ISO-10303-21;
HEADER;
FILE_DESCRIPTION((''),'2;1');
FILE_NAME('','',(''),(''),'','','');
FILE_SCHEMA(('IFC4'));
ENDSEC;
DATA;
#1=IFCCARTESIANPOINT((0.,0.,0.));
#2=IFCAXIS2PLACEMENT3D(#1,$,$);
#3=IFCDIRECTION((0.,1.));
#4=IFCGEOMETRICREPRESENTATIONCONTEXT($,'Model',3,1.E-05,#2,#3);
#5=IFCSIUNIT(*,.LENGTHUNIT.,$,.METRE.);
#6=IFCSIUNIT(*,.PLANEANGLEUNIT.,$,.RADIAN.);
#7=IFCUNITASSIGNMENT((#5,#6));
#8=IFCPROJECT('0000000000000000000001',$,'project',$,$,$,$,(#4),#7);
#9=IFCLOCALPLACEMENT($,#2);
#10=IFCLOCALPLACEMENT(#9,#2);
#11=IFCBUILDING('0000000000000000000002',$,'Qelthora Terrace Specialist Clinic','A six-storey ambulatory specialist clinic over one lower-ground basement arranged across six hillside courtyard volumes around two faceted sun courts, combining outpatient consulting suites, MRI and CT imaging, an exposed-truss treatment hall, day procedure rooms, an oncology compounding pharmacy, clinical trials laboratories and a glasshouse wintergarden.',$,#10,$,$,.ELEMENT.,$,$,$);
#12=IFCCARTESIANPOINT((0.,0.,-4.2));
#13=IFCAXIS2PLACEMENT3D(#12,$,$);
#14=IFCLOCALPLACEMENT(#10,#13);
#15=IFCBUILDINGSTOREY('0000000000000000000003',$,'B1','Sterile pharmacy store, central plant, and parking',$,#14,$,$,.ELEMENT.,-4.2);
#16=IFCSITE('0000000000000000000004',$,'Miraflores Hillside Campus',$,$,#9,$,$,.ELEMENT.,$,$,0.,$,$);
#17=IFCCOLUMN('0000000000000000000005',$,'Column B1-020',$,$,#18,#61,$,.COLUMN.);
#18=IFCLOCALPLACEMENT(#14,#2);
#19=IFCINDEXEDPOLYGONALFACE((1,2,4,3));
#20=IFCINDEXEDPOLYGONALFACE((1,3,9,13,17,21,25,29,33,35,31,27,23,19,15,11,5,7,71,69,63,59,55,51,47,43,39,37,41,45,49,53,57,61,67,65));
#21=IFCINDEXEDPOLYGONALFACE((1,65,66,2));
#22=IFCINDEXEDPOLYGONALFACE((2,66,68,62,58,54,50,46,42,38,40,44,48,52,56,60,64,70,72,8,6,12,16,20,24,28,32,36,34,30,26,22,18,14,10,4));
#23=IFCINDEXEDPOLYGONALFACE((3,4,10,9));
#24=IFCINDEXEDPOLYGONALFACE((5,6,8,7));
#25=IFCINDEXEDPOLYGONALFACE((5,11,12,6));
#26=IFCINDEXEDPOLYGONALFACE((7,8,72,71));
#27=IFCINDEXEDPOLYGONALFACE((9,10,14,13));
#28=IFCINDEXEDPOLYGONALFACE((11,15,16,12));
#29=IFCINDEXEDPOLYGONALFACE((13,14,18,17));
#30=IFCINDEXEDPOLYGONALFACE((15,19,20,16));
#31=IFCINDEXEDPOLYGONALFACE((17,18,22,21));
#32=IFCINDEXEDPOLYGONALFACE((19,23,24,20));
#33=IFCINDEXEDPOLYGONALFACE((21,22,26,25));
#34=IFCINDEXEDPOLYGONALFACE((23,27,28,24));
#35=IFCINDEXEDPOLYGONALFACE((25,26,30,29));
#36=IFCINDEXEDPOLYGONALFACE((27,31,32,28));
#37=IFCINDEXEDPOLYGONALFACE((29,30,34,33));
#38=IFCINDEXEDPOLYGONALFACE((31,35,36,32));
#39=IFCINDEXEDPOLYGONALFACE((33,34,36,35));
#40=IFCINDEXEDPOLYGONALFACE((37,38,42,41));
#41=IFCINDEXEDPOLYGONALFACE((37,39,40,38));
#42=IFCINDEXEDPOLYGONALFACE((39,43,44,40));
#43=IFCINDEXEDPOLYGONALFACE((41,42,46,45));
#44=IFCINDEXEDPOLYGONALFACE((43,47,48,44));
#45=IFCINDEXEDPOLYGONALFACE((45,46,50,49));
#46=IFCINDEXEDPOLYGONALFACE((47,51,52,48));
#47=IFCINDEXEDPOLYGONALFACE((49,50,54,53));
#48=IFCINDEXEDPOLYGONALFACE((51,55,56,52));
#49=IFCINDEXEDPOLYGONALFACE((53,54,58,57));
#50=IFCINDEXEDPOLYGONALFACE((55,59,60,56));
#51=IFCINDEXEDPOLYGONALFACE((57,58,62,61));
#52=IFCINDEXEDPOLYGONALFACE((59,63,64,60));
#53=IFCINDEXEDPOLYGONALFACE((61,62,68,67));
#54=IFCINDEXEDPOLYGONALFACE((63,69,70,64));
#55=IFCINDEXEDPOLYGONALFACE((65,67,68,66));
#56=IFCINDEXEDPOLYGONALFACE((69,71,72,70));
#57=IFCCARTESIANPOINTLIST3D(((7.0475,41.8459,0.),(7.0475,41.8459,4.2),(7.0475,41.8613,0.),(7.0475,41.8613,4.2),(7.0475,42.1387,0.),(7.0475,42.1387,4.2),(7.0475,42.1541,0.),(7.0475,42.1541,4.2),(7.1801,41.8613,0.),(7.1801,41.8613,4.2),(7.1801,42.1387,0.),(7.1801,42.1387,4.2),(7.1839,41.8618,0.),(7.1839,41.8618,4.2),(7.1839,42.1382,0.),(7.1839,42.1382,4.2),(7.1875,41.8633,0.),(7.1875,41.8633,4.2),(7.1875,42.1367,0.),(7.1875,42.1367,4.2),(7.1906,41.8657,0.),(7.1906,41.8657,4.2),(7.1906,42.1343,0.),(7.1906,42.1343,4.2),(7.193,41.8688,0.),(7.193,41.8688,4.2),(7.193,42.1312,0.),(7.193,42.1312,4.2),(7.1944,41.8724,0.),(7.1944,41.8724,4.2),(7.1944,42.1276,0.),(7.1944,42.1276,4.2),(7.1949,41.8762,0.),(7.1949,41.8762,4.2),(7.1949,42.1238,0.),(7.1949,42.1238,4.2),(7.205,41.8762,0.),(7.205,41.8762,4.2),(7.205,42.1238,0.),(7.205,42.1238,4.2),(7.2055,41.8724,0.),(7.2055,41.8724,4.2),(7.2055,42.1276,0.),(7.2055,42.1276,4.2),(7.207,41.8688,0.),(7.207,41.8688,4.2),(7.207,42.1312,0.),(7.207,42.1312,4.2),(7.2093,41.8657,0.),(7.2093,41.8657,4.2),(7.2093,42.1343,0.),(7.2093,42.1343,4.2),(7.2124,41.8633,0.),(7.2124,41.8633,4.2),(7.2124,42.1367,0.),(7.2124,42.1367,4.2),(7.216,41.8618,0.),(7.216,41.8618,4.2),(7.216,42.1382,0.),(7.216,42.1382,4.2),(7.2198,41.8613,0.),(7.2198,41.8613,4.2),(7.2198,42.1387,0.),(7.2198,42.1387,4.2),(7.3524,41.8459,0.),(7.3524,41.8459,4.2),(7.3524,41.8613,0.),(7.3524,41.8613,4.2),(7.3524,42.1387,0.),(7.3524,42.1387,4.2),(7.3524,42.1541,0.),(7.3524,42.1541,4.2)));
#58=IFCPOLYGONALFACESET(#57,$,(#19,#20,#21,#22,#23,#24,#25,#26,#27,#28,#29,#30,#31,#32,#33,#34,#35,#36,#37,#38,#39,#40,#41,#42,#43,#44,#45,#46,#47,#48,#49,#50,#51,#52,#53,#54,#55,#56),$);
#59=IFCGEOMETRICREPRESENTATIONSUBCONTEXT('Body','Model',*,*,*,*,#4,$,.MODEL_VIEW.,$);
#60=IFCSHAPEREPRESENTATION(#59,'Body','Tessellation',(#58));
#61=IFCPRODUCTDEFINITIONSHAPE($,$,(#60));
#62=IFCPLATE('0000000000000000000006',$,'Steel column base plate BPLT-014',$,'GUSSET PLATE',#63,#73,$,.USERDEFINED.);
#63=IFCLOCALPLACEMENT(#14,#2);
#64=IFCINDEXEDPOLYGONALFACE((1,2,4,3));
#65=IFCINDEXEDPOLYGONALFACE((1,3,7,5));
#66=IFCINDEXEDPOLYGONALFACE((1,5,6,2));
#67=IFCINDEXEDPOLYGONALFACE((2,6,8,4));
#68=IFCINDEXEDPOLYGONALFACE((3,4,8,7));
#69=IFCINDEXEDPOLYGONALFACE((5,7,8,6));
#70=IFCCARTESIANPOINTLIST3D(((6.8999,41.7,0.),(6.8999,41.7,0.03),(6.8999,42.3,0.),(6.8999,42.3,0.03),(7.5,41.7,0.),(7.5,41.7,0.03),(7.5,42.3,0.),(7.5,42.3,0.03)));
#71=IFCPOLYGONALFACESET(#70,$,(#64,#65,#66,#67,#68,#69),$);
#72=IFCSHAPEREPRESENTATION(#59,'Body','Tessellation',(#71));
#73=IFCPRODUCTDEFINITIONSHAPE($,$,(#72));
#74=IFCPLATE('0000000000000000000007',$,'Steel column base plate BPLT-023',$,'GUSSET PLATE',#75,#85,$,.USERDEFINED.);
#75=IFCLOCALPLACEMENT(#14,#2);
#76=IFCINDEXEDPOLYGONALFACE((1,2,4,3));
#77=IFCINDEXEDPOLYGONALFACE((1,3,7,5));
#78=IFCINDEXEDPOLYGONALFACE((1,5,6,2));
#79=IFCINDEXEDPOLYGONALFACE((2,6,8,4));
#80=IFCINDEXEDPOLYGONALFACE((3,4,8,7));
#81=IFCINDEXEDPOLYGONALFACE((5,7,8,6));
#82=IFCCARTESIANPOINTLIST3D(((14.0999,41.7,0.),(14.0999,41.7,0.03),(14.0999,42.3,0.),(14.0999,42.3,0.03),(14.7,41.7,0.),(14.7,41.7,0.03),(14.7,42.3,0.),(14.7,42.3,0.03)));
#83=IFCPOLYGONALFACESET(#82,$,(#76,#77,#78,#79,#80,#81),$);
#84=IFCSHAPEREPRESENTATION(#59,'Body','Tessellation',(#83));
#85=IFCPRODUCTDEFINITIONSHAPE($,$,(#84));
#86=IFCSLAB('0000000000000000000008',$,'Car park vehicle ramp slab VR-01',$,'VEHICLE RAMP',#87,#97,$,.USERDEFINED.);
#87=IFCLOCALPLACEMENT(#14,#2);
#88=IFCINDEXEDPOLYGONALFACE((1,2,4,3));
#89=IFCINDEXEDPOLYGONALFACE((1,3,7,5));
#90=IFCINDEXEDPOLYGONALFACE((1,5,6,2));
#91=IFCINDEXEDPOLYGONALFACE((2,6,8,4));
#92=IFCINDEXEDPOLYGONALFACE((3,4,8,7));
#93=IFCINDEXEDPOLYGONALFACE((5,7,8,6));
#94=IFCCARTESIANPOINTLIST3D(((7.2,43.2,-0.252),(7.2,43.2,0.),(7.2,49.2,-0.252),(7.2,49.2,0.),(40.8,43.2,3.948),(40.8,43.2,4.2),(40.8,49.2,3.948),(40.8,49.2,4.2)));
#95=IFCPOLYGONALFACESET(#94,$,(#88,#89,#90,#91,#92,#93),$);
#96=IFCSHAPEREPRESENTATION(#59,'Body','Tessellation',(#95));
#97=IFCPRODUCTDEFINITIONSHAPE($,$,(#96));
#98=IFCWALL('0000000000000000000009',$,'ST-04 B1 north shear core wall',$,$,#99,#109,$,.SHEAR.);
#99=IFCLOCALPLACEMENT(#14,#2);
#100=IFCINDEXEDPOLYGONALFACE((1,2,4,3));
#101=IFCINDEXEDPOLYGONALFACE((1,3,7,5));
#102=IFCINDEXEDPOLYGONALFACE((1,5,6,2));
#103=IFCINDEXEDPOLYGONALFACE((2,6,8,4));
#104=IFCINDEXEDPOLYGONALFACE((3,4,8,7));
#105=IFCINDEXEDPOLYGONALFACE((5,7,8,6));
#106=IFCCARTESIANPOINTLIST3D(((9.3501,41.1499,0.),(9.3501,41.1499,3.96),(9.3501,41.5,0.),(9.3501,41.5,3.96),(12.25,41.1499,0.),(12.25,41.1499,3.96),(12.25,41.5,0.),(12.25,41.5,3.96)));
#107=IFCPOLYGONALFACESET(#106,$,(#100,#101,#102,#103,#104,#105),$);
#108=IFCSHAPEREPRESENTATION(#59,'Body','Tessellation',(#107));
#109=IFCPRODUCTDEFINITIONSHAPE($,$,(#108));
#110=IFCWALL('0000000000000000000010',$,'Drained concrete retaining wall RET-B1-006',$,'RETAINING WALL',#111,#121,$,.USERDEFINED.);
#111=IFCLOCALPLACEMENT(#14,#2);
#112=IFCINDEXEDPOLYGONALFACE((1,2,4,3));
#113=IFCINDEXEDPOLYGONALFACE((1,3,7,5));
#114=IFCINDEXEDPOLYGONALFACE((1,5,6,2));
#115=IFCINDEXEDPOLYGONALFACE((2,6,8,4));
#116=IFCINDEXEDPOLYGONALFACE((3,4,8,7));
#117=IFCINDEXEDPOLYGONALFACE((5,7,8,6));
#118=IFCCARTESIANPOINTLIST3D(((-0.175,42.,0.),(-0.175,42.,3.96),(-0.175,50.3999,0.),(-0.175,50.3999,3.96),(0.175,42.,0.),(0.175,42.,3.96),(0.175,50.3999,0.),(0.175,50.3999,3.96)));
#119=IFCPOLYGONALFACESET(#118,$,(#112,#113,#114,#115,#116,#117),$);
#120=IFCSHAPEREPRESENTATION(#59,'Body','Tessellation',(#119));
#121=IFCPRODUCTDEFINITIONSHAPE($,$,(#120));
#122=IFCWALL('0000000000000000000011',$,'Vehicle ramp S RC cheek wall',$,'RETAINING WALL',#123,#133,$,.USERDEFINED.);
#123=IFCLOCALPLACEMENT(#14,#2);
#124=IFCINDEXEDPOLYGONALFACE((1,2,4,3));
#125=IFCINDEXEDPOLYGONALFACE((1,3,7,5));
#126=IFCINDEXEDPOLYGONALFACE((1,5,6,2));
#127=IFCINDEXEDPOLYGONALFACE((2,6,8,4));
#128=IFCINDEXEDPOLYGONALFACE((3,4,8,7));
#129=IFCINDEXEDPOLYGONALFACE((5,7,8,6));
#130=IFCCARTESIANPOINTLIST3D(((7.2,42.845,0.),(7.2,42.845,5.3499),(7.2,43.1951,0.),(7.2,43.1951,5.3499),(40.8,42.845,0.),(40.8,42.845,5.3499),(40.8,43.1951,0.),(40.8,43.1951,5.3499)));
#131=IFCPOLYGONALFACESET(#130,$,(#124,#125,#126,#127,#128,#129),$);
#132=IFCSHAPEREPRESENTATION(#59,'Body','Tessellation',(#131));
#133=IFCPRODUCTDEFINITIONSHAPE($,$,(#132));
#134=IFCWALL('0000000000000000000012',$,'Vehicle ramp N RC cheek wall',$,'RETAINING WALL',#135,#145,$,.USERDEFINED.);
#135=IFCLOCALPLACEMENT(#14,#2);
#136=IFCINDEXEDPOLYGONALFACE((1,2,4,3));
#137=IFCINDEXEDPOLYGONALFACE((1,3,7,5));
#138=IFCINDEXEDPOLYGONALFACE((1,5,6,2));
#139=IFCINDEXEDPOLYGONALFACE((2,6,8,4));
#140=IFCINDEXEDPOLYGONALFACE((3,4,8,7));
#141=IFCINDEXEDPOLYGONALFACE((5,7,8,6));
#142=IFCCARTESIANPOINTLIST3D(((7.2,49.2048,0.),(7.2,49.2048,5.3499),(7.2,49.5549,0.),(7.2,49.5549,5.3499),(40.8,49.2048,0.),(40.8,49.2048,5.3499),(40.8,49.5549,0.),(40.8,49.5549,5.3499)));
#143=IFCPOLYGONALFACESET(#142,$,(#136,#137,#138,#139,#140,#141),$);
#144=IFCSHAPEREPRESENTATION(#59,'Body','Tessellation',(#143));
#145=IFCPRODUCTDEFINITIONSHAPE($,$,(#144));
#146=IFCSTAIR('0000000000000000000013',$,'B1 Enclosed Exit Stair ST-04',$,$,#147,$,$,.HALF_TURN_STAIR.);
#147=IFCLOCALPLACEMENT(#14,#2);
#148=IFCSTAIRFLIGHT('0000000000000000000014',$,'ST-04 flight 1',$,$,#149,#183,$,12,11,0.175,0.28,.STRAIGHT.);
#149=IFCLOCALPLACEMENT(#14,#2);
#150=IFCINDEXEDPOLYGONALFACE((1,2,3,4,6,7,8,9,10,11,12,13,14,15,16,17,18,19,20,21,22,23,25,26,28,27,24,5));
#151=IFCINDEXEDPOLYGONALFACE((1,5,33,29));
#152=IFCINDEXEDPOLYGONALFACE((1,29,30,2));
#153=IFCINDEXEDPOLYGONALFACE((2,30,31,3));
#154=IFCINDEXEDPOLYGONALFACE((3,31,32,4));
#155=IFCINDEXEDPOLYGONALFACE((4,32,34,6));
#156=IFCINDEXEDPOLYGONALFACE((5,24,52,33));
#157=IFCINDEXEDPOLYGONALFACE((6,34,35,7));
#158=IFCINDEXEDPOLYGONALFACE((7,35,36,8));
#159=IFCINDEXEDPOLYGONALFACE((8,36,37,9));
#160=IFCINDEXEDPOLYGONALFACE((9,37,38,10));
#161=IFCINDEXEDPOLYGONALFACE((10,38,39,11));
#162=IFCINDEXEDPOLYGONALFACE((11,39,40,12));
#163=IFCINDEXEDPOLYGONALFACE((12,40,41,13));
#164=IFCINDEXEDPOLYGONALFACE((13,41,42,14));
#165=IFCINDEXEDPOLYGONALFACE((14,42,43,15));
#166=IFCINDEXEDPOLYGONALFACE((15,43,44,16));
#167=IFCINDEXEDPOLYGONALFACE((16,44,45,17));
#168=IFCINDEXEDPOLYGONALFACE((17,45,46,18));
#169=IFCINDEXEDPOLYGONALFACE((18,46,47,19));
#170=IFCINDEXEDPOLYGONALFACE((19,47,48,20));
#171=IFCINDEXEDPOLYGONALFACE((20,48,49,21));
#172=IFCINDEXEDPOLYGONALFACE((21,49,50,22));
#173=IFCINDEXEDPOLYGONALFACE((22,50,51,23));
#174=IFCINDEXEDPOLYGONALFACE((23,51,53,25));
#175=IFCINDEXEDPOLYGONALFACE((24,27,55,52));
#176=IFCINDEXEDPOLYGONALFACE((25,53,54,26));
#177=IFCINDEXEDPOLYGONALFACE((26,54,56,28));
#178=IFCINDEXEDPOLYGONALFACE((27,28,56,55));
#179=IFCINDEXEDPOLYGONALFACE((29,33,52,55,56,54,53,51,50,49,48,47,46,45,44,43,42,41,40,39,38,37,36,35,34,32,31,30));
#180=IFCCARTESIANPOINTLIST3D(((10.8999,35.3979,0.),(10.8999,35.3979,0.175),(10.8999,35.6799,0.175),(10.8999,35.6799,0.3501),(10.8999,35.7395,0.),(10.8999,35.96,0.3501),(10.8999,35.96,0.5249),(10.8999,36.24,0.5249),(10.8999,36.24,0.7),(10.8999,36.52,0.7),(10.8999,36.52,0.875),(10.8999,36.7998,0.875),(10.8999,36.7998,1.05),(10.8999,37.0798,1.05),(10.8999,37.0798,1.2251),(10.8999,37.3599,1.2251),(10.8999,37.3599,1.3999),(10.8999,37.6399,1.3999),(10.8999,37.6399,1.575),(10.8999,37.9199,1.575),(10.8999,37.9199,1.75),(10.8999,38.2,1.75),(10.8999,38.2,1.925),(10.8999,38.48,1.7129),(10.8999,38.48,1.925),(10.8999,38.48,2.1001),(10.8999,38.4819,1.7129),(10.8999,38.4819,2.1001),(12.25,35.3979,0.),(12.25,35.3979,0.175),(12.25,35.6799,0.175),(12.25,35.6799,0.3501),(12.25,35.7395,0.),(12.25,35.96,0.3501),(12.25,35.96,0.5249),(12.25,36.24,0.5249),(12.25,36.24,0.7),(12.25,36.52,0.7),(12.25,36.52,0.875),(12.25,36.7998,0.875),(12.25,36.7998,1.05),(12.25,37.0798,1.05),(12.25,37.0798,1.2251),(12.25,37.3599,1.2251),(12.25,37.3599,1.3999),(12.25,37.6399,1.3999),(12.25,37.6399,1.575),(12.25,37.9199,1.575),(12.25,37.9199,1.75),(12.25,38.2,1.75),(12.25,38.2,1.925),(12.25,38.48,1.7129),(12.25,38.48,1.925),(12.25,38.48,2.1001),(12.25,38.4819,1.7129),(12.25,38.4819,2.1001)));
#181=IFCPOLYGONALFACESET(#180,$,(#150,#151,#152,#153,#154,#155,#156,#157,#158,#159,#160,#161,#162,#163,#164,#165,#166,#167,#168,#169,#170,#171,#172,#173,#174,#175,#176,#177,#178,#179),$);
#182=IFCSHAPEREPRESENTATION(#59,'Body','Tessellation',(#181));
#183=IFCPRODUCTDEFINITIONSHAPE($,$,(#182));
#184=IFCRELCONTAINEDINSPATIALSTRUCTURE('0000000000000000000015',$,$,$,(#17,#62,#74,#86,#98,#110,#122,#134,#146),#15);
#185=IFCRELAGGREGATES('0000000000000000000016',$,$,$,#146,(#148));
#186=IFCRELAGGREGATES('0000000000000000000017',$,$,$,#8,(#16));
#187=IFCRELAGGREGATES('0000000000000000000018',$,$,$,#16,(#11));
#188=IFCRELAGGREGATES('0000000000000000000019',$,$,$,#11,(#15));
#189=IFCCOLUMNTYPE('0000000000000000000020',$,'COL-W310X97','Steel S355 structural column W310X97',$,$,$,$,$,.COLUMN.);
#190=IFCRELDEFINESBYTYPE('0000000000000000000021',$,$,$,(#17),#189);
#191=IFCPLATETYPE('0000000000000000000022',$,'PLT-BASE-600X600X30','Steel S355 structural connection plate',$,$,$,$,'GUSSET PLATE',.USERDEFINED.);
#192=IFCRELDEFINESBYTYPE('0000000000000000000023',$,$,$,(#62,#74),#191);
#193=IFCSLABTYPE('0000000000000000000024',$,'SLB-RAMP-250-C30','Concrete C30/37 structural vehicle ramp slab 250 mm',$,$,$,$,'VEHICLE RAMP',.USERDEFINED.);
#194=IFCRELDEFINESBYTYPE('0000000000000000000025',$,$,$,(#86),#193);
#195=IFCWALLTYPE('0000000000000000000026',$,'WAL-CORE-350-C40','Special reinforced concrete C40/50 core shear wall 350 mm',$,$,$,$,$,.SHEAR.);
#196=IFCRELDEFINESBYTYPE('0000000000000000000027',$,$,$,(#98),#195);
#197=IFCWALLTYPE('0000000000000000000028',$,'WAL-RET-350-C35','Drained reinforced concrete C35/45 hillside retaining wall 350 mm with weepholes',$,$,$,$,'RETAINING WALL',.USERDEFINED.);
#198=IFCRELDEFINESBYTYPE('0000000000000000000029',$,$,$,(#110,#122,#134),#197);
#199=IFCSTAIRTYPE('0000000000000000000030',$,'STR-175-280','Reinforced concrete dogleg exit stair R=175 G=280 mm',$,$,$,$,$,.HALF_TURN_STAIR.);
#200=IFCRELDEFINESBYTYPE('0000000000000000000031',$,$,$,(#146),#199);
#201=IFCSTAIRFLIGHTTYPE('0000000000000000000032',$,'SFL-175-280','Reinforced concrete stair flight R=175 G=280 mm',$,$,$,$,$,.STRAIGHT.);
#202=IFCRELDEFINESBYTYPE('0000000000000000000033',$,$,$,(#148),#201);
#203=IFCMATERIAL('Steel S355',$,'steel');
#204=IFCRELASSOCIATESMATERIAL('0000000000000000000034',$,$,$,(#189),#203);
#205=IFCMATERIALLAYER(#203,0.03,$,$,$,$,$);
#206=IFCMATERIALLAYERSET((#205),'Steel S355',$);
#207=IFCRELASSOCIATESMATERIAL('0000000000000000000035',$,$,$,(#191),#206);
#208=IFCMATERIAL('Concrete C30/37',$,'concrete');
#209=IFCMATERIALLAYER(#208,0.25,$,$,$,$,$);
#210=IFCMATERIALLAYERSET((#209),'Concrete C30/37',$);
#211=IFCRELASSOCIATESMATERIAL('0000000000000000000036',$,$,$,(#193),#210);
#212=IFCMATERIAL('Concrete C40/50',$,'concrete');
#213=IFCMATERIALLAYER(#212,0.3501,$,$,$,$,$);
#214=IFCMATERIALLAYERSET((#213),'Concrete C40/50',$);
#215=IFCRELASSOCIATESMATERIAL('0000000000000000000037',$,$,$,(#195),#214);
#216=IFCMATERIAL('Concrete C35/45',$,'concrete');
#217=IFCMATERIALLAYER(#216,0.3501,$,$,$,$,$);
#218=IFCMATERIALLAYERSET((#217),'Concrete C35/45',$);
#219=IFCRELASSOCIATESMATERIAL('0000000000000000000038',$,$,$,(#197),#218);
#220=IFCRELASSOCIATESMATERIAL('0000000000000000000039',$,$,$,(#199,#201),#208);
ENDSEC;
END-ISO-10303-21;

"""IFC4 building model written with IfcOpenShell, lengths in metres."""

from ifc_helpers import new_model, si_unit, direction, frame, frame_2d, origin, origin_2d, place, context, subcontext, project, spatial, polyline, rectangle, i_section, outline, extrude, material, layer, layer_set, material_profile, profile_set, type_object, element, aggregate, save


model = new_model("IFC4")

# Units and contexts
model_context = context("Model", 3, precision=1e-05, world=origin(), true_north=direction((0.0, 1.0)))
body_context = subcontext(model_context, "Body", "Model", "MODEL_VIEW")
ifc_project = project(units=[si_unit("LENGTHUNIT", "METRE"), si_unit("PLANEANGLEUNIT", "RADIAN")], contexts=[model_context])

# Site, building, storey
site_placement = place(None, origin())
site = spatial("IfcSite", under=ifc_project, at=site_placement, Name="Miraflores Hillside Campus", CompositionType="ELEMENT", RefElevation=0.0)
building_placement = place(site_placement, origin())
building = spatial("IfcBuilding", under=site, at=building_placement, Name="Qelthora Terrace Specialist Clinic", Description="A six-storey ambulatory specialist clinic over one lower-ground basement arranged across six hillside courtyard volumes around two faceted sun courts, combining outpatient consulting suites, MRI and CT imaging, an exposed-truss treatment hall, day procedure rooms, an oncology compounding pharmacy, clinical trials laboratories and a glasshouse wintergarden.", CompositionType="ELEMENT")
storey_placement = place(building_placement, frame((0.0, 0.0, -4.2)))
storey = spatial("IfcBuildingStorey", under=building, at=storey_placement, Name="B1", Description="Sterile pharmacy store, central plant, and parking", CompositionType="ELEMENT", Elevation=-4.2)

# Shared definitions
ifc_material_1 = material(Name="Concrete C35/45", Category="concrete")

# Column
ifc_material_2 = material(Name="Concrete C40/50", Category="concrete")
ifc_material_3 = material(Name="Steel S355", Category="steel")
ifc_material_profile_1 = material_profile(ifc_material_3, i_section(OverallWidth=0.3049, OverallDepth=0.3081, WebThickness=0.01, FlangeThickness=0.0154, FilletRadius=0.0149, at=origin_2d()), Name="W310X97")
ifc_profile_set_1 = profile_set([ifc_material_profile_1], Name="Steel S355")
column_type_1 = type_object("IfcColumnType", Name="COL-W310X97", Description="Steel S355 structural column W310X97", PredefinedType="COLUMN", material=ifc_profile_set_1)
column_1_placement = place(storey_placement, frame((7.2, 42.0, 0.0), z_axis=(0.0, 0.0, 1.0), x_axis=(1.0, 0.0, 0.0)))
element("IfcColumn", 1, at=column_1_placement, inside=storey, type_object=column_type_1, Name="Column B1-020", PredefinedType="COLUMN", context=body_context, shape_type="SweptSolid", body=[
    extrude(i_section(OverallWidth=0.3049, OverallDepth=0.3081, WebThickness=0.01, FlangeThickness=0.0154, FilletRadius=0.0149, at=origin_2d()), origin(), (0.0, 0.0, 1.0), 4.2),
])

# Plates
ifc_layer_1 = layer(ifc_material_3, 0.03)
ifc_layer_set_1 = layer_set([ifc_layer_1], Name="Steel S355")
plate_type = type_object("IfcPlateType", Name="PLT-BASE-600X600X30", Description="Steel S355 structural connection plate", ElementType="GUSSET PLATE", PredefinedType="USERDEFINED", material=ifc_layer_set_1)
for number, where, z_axis, x_axis, name in (
    (2, (7.2, 42.0, 0.0), (0.0, 0.0, 1.0), (1.0, 0.0, 0.0), "Steel column base plate BPLT-014"),
    (3, (14.3999, 42.0, 0.0), (0.0, 0.0, 1.0), (1.0, 0.0, 0.0), "Steel column base plate BPLT-023"),
):
    element("IfcPlate", number, at=place(storey_placement, frame(where, z_axis=z_axis, x_axis=x_axis)), inside=storey, type_object=plate_type, Name=name, ObjectType="GUSSET PLATE", PredefinedType="USERDEFINED", context=body_context, shape_type="SweptSolid", body=[
        extrude(rectangle(XDim=0.6001, YDim=0.6001, at=origin_2d()), origin(), (0.0, 0.0, 1.0), 0.03),
    ])

# Slab
ifc_material_4 = material(Name="Concrete C30/37", Category="concrete")
ifc_layer_2 = layer(ifc_material_4, 0.25)
ifc_layer_set_2 = layer_set([ifc_layer_2], Name="Concrete C30/37")
slab_type = type_object("IfcSlabType", Name="SLB-RAMP-250-C30", Description="Concrete C30/37 structural vehicle ramp slab 250 mm", ElementType="VEHICLE RAMP", PredefinedType="USERDEFINED", material=ifc_layer_set_2)
slab_placement = place(storey_placement, frame((7.2, 43.2, -0.252), z_axis=(-0.124033, 0.0, 0.992278), x_axis=(0.992278, 0.0, 0.124033)))
element("IfcSlab", 4, at=slab_placement, inside=storey, type_object=slab_type, Name="Car park vehicle ramp slab VR-01", ObjectType="VEHICLE RAMP", PredefinedType="USERDEFINED", context=body_context, shape_type="SweptSolid", body=[
    extrude(outline(polyline([(0.0, 0.0), (33.8616, 0.0), (33.8616, 6.0), (0.0, 6.0), (0.0, 0.0)])), origin(), (0.124033, 0.0, 0.992278), 0.252),
])

# Walls
ifc_layer_3 = layer(ifc_material_2, 0.3501)
ifc_layer_set_3 = layer_set([ifc_layer_3], Name="Concrete C40/50")
wall_type_1 = type_object("IfcWallType", Name="WAL-CORE-350-C40", Description="Special reinforced concrete C40/50 core shear wall 350 mm", PredefinedType="SHEAR", material=ifc_layer_set_3)
wall_1_placement = place(storey_placement, frame((9.3501, 41.325, 0.0), z_axis=(0.0, 0.0, 1.0), x_axis=(1.0, 0.0, 0.0)))
element("IfcWall", 5, at=wall_1_placement, inside=storey, type_object=wall_type_1, Name="ST-04 B1 north shear core wall", PredefinedType="SHEAR", context=body_context, shape_type="SweptSolid", body=[
    extrude(rectangle(XDim=2.8999, YDim=0.3501, at=frame_2d((1.45, 0.0))), origin(), (0.0, 0.0, 1.0), 3.96),
])
ifc_layer_4 = layer(ifc_material_1, 0.3501)
ifc_layer_set_4 = layer_set([ifc_layer_4], Name="Concrete C35/45")
wall_type_2 = type_object("IfcWallType", Name="WAL-RET-350-C35", Description="Drained reinforced concrete C35/45 hillside retaining wall 350 mm with weepholes", ElementType="RETAINING WALL", PredefinedType="USERDEFINED", material=ifc_layer_set_4)
wall_2_placement = place(storey_placement, frame((0.0, 42.0, 0.0), z_axis=(0.0, 0.0, 1.0), x_axis=(0.0, 1.0, 0.0)))
element("IfcWall", 6, at=wall_2_placement, inside=storey, type_object=wall_type_2, Name="Drained concrete retaining wall RET-B1-006", ObjectType="RETAINING WALL", PredefinedType="USERDEFINED", context=body_context, shape_type="SweptSolid", body=[
    extrude(rectangle(XDim=8.3999, YDim=0.3501, at=frame_2d((4.2, 0.0))), origin(), (0.0, 0.0, 1.0), 3.96),
])
for number, where, z_axis, x_axis, name in (
    (7, (7.2, 43.02, 0.0), (0.0, 0.0, 1.0), (1.0, 0.0, 0.0), "Vehicle ramp S RC cheek wall"),
    (8, (7.2, 49.3799, 0.0), (0.0, 0.0, 1.0), (1.0, 0.0, 0.0), "Vehicle ramp N RC cheek wall"),
):
    element("IfcWall", number, at=place(storey_placement, frame(where, z_axis=z_axis, x_axis=x_axis)), inside=storey, type_object=wall_type_2, Name=name, ObjectType="RETAINING WALL", PredefinedType="USERDEFINED", context=body_context, shape_type="SweptSolid", body=[
        extrude(rectangle(XDim=33.6001, YDim=0.3501, at=frame_2d((16.8, 0.0))), origin(), (0.0, 0.0, 1.0), 5.3499),
    ])

# Stair, stair flight
stair_type = type_object("IfcStairType", Name="STR-175-280", Description="Reinforced concrete dogleg exit stair R=175 G=280 mm", PredefinedType="HALF_TURN_STAIR", material=ifc_material_4)
stair_placement = place(storey_placement, origin())
stair = element("IfcStair", 9, at=stair_placement, inside=storey, type_object=stair_type, Name="B1 Enclosed Exit Stair ST-04", PredefinedType="HALF_TURN_STAIR")
stair_flight_type = type_object("IfcStairFlightType", Name="SFL-175-280", Description="Reinforced concrete stair flight R=175 G=280 mm", PredefinedType="STRAIGHT", material=ifc_material_4)
stair_flight_1_placement = place(storey_placement, frame((11.575, 35.3999, 0.0), z_axis=(0.0, 0.0, 1.0), x_axis=(0.0, 1.0, 0.0)))
stair_flight_1 = element("IfcStairFlight", 10, at=stair_flight_1_placement, type_object=stair_flight_type, Name="ST-04 flight 1", NumberOfRisers=12, NumberOfTreads=11, PredefinedType="STRAIGHT", RiserHeight=0.175, TreadLength=0.28, context=body_context, shape_type="SweptSolid", body=[
    extrude(outline(polyline([(-0.002, 0.0), (-0.002, 0.175), (0.28, 0.175), (0.28, 0.3501), (0.5601, 0.3501), (0.5601, 0.5249), (0.8401, 0.5249), (0.8401, 0.7), (1.1201, 0.7), (1.1201, 0.875), (1.3999, 0.875), (1.3999, 1.05), (1.6799, 1.05), (1.6799, 1.2251), (1.96, 1.2251), (1.96, 1.3999), (2.24, 1.3999), (2.24, 1.575), (2.52, 1.575), (2.52, 1.75), (2.8, 1.75), (2.8, 1.925), (3.0801, 1.925), (3.0801, 2.1001), (3.082, 2.1001), (3.082, 1.7129), (3.0801, 1.7129), (0.3396, 0.0), (-0.002, 0.0)])), frame((0.0, 0.675, 0.0), z_axis=(0.0, -1.0, 0.0), x_axis=(1.0, 0.0, 0.0)), (0.0, 0.0, 1.0), 1.3501),
])
aggregate(stair, [stair_flight_1])

save(model, "model.ifc")
